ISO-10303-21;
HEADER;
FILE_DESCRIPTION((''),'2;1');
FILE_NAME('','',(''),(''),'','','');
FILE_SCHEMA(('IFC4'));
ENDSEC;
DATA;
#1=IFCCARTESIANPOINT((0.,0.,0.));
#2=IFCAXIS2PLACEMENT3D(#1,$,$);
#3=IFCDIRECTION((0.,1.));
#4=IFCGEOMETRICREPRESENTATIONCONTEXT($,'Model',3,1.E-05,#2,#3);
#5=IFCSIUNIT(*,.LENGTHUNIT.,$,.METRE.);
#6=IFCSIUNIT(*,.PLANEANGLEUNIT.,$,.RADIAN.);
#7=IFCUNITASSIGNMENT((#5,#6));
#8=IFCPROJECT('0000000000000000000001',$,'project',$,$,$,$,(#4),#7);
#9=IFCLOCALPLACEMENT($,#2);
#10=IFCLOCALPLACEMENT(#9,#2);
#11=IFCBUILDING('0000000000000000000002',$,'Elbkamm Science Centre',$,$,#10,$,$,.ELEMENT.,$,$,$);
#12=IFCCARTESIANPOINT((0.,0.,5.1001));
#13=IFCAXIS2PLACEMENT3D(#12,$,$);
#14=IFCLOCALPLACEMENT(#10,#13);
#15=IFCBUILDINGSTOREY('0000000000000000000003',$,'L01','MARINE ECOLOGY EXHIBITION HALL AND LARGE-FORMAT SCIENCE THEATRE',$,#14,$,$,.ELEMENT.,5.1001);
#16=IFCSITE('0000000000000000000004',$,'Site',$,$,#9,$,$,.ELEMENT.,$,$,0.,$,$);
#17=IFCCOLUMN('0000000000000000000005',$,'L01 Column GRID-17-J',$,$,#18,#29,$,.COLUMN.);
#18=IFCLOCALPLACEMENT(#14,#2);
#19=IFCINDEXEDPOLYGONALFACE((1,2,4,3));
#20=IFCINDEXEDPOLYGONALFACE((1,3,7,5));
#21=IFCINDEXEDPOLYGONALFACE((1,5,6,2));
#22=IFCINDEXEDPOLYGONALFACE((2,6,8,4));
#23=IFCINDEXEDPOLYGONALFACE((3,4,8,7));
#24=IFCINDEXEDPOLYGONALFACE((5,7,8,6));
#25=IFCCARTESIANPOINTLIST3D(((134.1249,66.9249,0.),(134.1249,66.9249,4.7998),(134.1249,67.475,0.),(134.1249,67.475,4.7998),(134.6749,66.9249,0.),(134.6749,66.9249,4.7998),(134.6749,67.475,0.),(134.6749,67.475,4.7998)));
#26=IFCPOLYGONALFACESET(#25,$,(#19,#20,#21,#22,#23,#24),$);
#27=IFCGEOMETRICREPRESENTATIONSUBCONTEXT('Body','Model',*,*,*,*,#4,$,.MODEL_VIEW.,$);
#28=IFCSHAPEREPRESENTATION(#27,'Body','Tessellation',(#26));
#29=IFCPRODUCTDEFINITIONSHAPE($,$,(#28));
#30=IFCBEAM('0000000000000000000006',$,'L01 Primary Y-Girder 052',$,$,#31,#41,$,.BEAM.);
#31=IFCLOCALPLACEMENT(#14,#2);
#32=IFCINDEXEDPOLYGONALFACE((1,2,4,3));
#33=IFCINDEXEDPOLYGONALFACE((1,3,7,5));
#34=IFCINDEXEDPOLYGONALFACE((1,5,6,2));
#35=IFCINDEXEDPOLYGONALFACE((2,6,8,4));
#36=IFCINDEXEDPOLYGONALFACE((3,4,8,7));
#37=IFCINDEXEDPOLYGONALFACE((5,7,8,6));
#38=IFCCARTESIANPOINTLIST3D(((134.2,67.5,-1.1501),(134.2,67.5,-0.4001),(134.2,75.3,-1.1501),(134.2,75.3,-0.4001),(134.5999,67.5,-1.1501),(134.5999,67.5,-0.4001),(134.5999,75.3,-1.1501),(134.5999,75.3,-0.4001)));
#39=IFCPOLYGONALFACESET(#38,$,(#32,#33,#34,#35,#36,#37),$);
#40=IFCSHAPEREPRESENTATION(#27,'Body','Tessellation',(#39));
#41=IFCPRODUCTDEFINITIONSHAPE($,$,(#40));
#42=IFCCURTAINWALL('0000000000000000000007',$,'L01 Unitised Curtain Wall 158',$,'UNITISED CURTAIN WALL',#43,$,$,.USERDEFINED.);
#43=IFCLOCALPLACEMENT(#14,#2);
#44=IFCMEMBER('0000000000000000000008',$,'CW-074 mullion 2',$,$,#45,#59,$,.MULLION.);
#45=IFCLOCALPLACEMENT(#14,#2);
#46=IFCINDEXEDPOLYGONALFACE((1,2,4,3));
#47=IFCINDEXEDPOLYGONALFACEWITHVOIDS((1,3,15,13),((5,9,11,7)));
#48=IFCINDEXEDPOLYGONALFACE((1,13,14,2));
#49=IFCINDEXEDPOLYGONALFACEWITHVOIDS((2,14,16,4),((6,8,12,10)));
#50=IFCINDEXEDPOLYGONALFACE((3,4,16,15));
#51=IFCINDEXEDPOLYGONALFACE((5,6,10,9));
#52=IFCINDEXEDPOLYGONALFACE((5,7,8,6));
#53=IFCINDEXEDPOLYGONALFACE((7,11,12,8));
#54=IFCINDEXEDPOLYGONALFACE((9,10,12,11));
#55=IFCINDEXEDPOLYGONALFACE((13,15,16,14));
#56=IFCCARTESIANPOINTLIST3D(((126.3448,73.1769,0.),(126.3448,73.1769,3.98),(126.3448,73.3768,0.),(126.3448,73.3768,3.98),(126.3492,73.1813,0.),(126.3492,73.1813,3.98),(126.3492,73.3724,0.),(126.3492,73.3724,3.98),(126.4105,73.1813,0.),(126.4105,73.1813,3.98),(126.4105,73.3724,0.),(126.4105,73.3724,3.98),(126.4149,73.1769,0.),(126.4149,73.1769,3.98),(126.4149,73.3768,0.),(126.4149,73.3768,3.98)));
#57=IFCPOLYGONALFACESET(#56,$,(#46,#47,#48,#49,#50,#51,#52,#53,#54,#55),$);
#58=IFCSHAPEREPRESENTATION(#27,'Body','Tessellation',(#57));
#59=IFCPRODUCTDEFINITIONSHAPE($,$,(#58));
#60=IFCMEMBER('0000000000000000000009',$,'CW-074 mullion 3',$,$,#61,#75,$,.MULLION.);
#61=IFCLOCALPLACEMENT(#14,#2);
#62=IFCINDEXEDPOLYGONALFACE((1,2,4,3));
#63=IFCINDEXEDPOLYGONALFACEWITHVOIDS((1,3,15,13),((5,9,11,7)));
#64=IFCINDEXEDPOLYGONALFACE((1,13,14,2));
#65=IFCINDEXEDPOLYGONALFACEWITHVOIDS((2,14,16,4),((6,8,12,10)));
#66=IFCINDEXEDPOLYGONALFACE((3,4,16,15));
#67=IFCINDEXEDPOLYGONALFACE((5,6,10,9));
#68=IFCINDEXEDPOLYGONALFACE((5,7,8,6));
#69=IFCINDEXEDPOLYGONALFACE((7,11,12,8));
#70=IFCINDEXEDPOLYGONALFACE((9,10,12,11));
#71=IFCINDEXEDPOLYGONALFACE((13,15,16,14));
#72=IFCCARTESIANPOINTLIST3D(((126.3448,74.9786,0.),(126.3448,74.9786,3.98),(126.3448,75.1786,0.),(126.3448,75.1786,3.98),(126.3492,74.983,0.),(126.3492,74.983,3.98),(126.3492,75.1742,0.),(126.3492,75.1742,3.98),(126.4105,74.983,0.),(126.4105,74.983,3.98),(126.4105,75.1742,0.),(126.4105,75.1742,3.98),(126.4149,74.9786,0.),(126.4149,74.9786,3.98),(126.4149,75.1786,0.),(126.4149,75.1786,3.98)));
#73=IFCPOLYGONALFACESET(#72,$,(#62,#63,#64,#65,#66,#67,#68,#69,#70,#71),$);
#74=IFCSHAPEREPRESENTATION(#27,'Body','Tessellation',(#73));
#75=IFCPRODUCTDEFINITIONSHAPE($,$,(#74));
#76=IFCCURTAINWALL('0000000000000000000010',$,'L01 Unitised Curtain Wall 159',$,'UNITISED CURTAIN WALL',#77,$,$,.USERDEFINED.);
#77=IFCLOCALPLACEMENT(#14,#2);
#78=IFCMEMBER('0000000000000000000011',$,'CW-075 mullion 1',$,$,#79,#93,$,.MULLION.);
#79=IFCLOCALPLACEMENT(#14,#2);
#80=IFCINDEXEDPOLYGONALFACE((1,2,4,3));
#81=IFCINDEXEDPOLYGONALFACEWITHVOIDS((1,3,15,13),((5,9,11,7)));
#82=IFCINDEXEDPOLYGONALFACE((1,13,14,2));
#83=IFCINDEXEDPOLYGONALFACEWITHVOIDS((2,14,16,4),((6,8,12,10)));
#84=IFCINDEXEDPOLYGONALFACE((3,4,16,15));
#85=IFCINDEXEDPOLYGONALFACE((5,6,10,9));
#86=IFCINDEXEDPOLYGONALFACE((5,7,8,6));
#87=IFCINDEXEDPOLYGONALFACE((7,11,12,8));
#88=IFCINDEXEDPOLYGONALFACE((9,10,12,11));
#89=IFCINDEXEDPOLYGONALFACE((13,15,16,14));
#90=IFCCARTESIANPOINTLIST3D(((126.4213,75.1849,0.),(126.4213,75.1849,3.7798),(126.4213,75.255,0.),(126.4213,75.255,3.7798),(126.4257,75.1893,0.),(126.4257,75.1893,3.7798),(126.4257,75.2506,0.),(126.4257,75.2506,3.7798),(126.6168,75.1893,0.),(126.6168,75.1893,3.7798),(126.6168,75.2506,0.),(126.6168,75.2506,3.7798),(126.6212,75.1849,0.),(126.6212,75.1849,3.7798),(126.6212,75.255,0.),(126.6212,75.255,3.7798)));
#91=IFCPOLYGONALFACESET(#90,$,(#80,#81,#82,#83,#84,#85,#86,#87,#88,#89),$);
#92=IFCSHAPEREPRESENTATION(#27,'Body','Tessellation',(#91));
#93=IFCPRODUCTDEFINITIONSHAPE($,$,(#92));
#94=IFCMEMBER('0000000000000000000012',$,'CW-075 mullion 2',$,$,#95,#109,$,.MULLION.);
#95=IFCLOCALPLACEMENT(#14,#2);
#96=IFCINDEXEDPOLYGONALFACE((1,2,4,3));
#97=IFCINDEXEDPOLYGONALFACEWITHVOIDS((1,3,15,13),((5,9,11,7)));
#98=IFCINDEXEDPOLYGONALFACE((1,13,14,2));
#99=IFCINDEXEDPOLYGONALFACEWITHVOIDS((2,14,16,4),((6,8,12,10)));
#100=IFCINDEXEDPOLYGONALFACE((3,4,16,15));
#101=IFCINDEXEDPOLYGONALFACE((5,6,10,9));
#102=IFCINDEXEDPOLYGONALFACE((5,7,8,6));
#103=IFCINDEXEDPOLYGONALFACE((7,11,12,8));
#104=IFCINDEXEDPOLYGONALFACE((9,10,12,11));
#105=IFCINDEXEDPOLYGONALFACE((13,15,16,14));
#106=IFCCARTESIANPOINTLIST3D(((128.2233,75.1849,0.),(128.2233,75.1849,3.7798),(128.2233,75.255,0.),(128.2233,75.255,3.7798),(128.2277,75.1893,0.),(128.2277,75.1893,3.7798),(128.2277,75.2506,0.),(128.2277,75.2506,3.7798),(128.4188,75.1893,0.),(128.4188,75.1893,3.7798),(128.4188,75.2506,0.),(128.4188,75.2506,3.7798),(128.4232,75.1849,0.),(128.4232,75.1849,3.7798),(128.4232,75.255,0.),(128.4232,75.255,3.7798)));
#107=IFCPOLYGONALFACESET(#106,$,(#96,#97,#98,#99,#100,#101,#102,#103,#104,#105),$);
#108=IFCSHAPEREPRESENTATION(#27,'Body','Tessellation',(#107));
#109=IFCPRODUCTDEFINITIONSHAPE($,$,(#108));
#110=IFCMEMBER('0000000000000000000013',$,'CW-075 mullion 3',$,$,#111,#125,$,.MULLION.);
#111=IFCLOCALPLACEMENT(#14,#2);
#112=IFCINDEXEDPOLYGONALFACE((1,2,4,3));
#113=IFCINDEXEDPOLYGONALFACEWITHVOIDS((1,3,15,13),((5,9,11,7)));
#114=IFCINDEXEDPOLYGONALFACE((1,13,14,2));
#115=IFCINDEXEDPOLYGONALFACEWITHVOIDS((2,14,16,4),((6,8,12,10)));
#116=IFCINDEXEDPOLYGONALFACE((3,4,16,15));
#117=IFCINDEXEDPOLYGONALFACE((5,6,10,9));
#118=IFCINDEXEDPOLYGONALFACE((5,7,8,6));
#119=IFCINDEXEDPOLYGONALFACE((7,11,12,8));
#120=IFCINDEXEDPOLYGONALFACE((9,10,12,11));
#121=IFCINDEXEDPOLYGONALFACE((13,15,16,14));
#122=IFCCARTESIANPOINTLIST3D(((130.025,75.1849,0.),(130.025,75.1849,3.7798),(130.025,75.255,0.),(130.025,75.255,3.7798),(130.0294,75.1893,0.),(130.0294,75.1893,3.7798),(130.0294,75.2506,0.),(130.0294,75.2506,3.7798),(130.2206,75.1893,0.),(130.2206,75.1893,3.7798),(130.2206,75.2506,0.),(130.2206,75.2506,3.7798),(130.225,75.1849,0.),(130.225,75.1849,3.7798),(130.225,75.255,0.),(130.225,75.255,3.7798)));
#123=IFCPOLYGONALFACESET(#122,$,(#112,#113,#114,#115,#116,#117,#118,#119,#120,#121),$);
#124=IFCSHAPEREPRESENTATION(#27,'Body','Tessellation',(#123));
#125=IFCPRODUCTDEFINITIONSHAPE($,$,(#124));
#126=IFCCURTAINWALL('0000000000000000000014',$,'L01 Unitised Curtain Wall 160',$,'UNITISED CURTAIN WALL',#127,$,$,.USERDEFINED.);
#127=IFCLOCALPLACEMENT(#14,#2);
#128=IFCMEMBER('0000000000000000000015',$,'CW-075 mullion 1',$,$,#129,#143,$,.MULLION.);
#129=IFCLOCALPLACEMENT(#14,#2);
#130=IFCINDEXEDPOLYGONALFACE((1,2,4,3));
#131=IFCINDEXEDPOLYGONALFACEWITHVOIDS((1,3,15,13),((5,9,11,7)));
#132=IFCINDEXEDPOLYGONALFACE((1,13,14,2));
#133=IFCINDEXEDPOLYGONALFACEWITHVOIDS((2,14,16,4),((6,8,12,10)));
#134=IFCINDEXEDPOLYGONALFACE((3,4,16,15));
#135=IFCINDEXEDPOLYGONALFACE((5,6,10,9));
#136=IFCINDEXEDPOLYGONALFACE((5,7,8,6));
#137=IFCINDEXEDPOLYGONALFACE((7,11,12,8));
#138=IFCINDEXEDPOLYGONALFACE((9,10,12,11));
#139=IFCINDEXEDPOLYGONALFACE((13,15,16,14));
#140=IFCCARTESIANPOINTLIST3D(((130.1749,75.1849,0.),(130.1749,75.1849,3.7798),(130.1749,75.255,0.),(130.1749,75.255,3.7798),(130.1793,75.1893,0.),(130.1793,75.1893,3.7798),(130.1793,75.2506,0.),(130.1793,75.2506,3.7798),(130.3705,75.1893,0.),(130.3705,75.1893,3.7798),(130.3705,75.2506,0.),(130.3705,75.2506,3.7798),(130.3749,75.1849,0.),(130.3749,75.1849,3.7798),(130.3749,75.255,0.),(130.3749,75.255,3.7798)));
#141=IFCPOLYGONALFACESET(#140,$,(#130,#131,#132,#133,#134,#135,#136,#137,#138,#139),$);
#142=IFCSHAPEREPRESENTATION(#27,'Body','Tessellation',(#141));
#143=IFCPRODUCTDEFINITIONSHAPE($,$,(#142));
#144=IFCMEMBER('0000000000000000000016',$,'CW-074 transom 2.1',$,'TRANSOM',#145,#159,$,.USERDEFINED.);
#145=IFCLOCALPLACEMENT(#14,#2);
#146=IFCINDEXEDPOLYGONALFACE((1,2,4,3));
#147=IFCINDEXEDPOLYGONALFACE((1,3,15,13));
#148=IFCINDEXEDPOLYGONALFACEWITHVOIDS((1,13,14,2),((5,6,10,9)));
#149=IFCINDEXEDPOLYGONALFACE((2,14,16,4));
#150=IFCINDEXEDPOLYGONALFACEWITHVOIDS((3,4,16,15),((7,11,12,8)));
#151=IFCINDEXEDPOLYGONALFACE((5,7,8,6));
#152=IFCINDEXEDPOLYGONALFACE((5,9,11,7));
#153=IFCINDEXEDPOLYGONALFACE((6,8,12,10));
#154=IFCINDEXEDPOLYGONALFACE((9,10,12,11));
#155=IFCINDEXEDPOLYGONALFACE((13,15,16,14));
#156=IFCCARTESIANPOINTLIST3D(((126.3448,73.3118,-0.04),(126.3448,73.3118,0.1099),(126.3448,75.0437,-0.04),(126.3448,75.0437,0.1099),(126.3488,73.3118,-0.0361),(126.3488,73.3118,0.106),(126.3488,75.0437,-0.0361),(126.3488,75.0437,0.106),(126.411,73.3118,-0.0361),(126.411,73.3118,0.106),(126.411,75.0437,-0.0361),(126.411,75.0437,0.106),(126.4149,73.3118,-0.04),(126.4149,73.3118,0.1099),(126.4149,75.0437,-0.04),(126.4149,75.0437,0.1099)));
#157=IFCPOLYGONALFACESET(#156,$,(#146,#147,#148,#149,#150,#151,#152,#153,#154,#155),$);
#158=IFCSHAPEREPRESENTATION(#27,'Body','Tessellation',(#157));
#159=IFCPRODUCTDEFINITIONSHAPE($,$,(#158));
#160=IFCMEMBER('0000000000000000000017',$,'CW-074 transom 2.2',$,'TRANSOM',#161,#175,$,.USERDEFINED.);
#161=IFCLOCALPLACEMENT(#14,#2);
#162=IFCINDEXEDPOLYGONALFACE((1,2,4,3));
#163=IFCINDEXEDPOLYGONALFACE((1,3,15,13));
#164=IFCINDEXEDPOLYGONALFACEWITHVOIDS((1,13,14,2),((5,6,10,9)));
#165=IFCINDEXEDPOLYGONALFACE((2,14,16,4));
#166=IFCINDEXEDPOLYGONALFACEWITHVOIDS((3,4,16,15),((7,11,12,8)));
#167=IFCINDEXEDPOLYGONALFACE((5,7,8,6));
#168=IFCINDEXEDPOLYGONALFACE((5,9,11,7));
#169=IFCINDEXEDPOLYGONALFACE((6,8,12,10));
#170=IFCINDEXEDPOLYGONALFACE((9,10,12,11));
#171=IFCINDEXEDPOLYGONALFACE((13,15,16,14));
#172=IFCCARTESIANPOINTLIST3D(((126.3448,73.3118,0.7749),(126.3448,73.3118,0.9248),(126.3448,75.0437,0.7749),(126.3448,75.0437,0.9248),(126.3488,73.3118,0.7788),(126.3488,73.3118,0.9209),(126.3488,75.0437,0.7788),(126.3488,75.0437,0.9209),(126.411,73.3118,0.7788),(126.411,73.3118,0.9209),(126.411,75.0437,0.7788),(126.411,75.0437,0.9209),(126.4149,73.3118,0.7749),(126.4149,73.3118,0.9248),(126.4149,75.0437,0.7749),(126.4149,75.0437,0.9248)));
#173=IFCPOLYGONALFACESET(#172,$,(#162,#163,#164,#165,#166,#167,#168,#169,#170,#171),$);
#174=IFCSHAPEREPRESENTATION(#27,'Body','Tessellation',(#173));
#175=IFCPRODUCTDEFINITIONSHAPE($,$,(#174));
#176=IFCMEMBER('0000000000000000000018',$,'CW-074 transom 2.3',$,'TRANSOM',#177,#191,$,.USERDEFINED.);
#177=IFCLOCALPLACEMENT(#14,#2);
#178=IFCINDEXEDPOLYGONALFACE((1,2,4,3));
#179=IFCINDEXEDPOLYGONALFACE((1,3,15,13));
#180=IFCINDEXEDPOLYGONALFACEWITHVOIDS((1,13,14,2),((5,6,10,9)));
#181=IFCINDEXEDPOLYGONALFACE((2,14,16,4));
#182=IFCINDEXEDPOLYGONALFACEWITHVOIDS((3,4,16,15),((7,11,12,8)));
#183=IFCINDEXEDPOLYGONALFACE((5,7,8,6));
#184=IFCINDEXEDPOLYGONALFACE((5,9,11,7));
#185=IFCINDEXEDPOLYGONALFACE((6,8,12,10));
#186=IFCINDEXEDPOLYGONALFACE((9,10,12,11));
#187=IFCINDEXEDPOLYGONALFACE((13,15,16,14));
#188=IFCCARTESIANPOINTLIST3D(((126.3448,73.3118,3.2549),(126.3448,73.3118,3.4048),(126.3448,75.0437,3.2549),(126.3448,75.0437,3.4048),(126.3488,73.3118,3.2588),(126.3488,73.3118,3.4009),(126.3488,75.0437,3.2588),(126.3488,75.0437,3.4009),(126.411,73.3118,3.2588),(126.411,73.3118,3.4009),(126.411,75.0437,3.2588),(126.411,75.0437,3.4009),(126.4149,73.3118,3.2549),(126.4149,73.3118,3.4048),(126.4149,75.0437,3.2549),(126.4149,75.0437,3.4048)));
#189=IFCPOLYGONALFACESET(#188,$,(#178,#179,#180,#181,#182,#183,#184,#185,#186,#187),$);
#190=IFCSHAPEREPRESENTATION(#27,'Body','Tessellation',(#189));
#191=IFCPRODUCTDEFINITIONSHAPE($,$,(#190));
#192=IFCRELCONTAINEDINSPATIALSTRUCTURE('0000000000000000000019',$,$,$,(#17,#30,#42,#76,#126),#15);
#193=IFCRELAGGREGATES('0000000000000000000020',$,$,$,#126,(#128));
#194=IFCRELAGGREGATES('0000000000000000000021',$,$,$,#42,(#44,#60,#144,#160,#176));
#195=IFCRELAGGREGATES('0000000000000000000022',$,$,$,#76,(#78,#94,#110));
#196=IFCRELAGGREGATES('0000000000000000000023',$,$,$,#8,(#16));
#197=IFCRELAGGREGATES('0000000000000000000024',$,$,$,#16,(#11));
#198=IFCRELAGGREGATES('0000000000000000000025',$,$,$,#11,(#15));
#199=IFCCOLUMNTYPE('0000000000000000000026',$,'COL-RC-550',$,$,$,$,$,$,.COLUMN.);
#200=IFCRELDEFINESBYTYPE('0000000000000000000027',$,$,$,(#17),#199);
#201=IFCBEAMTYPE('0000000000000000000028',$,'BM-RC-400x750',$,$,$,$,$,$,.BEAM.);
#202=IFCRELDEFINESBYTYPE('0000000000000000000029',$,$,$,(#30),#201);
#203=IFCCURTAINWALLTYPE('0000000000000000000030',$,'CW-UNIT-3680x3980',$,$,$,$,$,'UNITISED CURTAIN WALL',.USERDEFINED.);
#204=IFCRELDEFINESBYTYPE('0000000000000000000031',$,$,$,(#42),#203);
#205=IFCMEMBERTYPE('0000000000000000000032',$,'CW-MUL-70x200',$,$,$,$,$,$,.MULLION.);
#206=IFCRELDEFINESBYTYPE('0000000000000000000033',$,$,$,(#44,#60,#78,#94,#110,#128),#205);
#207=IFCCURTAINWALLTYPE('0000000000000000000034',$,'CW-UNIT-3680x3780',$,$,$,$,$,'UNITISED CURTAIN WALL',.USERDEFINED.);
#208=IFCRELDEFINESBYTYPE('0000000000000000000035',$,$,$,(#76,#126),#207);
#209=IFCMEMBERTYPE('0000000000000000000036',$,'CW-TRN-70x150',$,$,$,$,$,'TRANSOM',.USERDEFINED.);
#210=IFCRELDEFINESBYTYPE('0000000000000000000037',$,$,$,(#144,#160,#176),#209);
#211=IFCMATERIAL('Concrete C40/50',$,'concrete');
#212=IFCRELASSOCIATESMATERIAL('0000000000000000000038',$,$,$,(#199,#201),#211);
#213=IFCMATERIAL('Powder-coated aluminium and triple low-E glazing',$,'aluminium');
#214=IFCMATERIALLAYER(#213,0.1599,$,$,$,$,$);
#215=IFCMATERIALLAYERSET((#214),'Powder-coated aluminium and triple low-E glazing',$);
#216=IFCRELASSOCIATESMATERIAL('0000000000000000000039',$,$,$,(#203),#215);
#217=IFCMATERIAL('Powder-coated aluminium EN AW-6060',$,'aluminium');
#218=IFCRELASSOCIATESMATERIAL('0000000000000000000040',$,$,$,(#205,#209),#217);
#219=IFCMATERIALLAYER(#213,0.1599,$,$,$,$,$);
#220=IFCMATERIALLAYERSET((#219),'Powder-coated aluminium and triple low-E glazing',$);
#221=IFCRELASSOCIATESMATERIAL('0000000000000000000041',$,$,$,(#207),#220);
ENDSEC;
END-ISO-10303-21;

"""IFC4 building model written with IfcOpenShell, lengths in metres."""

from ifc_helpers import new_model, si_unit, direction, frame, origin, origin_2d, place, context, subcontext, project, spatial, rectangle, hollow_rectangle, extrude, material, layer, layer_set, material_profile, profile_set, type_object, element, aggregate, save


model = new_model("IFC4")

# Units and contexts
model_context = context("Model", 3, precision=1e-05, world=origin(), true_north=direction((0.0, 1.0)))
body_context = subcontext(model_context, "Body", "Model", "MODEL_VIEW")
ifc_project = project(units=[si_unit("LENGTHUNIT", "METRE"), si_unit("PLANEANGLEUNIT", "RADIAN")], contexts=[model_context])

# Site, building, storey
site_placement = place(None, origin())
site = spatial("IfcSite", under=ifc_project, at=site_placement, Name="Site", CompositionType="ELEMENT", RefElevation=0.0)
building_placement = place(site_placement, origin())
building = spatial("IfcBuilding", under=site, at=building_placement, Name="Elbkamm Science Centre", CompositionType="ELEMENT")
storey_placement = place(building_placement, frame((0.0, 0.0, 5.1001)))
storey = spatial("IfcBuildingStorey", under=building, at=storey_placement, Name="L01", Description="MARINE ECOLOGY EXHIBITION HALL AND LARGE-FORMAT SCIENCE THEATRE", CompositionType="ELEMENT", Elevation=5.1001)

# Column
ifc_material_1 = material(Name="Concrete C40/50", Category="concrete")
ifc_material_profile_1 = material_profile(ifc_material_1, rectangle(XDim=0.55, YDim=0.55, at=origin_2d()), Name="RC 550x550")
ifc_profile_set_1 = profile_set([ifc_material_profile_1], Name="Concrete C40/50")
column_type = type_object("IfcColumnType", Name="COL-RC-550", PredefinedType="COLUMN", material=ifc_profile_set_1)
column_placement = place(storey_placement, frame((134.3999, 67.2, 0.0), z_axis=(0.0, 0.0, 1.0), x_axis=(1.0, 0.0, 0.0)))
element("IfcColumn", 1, at=column_placement, inside=storey, type_object=column_type, Name="L01 Column GRID-17-J", PredefinedType="COLUMN", context=body_context, shape_type="SweptSolid", body=[
    extrude(rectangle(XDim=0.55, YDim=0.55, at=origin_2d()), origin(), (0.0, 0.0, 1.0), 4.7998),
])

# Beam
ifc_material_profile_2 = material_profile(ifc_material_1, rectangle(XDim=0.3999, YDim=0.75, at=origin_2d()), Name="RC 400x750")
ifc_profile_set_2 = profile_set([ifc_material_profile_2], Name="Concrete C40/50")
beam_type_1 = type_object("IfcBeamType", Name="BM-RC-400x750", PredefinedType="BEAM", material=ifc_profile_set_2)
beam_placement = place(storey_placement, frame((134.3999, 67.5, -0.7751), z_axis=(0.0, 1.0, 0.0), x_axis=(-1.0, 0.0, 0.0)))
element("IfcBeam", 2, at=beam_placement, inside=storey, type_object=beam_type_1, Name="L01 Primary Y-Girder 052", PredefinedType="BEAM", context=body_context, shape_type="SweptSolid", body=[
    extrude(rectangle(XDim=0.3999, YDim=0.75, at=origin_2d()), origin(), (0.0, 0.0, 1.0), 7.8),
])

# Curtain walls, members
ifc_material_2 = material(Name="Powder-coated aluminium and triple low-E glazing", Category="aluminium")
ifc_layer_1 = layer(ifc_material_2, 0.1599)
ifc_layer_set_1 = layer_set([ifc_layer_1], Name="Powder-coated aluminium and triple low-E glazing")
curtain_wall_type_1 = type_object("IfcCurtainWallType", Name="CW-UNIT-3680x3980", ElementType="UNITISED CURTAIN WALL", PredefinedType="USERDEFINED", material=ifc_layer_set_1)
curtain_wall_1_placement = place(storey_placement, origin())
curtain_wall_1 = element("IfcCurtainWall", 3, at=curtain_wall_1_placement, inside=storey, type_object=curtain_wall_type_1, Name="L01 Unitised Curtain Wall 158", ObjectType="UNITISED CURTAIN WALL", PredefinedType="USERDEFINED")
ifc_material_3 = material(Name="Powder-coated aluminium EN AW-6060", Category="aluminium")
ifc_material_profile_3 = material_profile(ifc_material_3, hollow_rectangle(XDim=0.0701, YDim=0.2, WallThickness=0.0044, at=origin_2d()), Name="ALU M70x200")
ifc_profile_set_3 = profile_set([ifc_material_profile_3], Name="Powder-coated aluminium EN AW-6060")
member_type_1 = type_object("IfcMemberType", Name="CW-MUL-70x200", PredefinedType="MULLION", material=ifc_profile_set_3)
member_1_placement = place(storey_placement, frame((126.3799, 73.2769, 0.0), z_axis=(0.0, 0.0, 1.0), x_axis=(-1.0, 0.0, 0.0)))
member_1 = element("IfcMember", 4, at=member_1_placement, type_object=member_type_1, Name="CW-074 mullion 2", PredefinedType="MULLION", context=body_context, shape_type="SweptSolid", body=[
    extrude(hollow_rectangle(XDim=0.0701, YDim=0.2, WallThickness=0.0044, at=origin_2d()), origin(), (0.0, 0.0, 1.0), 3.98),
])
member_2_placement = place(storey_placement, frame((126.3799, 75.0786, 0.0), z_axis=(0.0, 0.0, 1.0), x_axis=(-1.0, 0.0, 0.0)))
member_2 = element("IfcMember", 5, at=member_2_placement, type_object=member_type_1, Name="CW-074 mullion 3", PredefinedType="MULLION", context=body_context, shape_type="SweptSolid", body=[
    extrude(hollow_rectangle(XDim=0.0701, YDim=0.2, WallThickness=0.0044, at=origin_2d()), origin(), (0.0, 0.0, 1.0), 3.98),
])
ifc_layer_2 = layer(ifc_material_2, 0.1599)
ifc_layer_set_2 = layer_set([ifc_layer_2], Name="Powder-coated aluminium and triple low-E glazing")
curtain_wall_type_2 = type_object("IfcCurtainWallType", Name="CW-UNIT-3680x3780", ElementType="UNITISED CURTAIN WALL", PredefinedType="USERDEFINED", material=ifc_layer_set_2)
curtain_wall_2_placement = place(storey_placement, origin())
curtain_wall_2 = element("IfcCurtainWall", 6, at=curtain_wall_2_placement, inside=storey, type_object=curtain_wall_type_2, Name="L01 Unitised Curtain Wall 159", ObjectType="UNITISED CURTAIN WALL", PredefinedType="USERDEFINED")
member_3_placement = place(storey_placement, frame((126.5212, 75.22, 0.0), z_axis=(0.0, 0.0, 1.0), x_axis=(0.0, 1.0, 0.0)))
member_3 = element("IfcMember", 7, at=member_3_placement, type_object=member_type_1, Name="CW-075 mullion 1", PredefinedType="MULLION", context=body_context, shape_type="SweptSolid", body=[
    extrude(hollow_rectangle(XDim=0.0701, YDim=0.2, WallThickness=0.0044, at=origin_2d()), origin(), (0.0, 0.0, 1.0), 3.7798),
])
member_4_placement = place(storey_placement, frame((128.3232, 75.22, 0.0), z_axis=(0.0, 0.0, 1.0), x_axis=(0.0, 1.0, 0.0)))
member_4 = element("IfcMember", 8, at=member_4_placement, type_object=member_type_1, Name="CW-075 mullion 2", PredefinedType="MULLION", context=body_context, shape_type="SweptSolid", body=[
    extrude(hollow_rectangle(XDim=0.0701, YDim=0.2, WallThickness=0.0044, at=origin_2d()), origin(), (0.0, 0.0, 1.0), 3.7798),
])
member_5_placement = place(storey_placement, frame((130.125, 75.22, 0.0), z_axis=(0.0, 0.0, 1.0), x_axis=(0.0, 1.0, 0.0)))
member_5 = element("IfcMember", 9, at=member_5_placement, type_object=member_type_1, Name="CW-075 mullion 3", PredefinedType="MULLION", context=body_context, shape_type="SweptSolid", body=[
    extrude(hollow_rectangle(XDim=0.0701, YDim=0.2, WallThickness=0.0044, at=origin_2d()), origin(), (0.0, 0.0, 1.0), 3.7798),
])

# Curtain wall, member
curtain_wall_3_placement = place(storey_placement, origin())
curtain_wall_3 = element("IfcCurtainWall", 10, at=curtain_wall_3_placement, inside=storey, type_object=curtain_wall_type_2, Name="L01 Unitised Curtain Wall 160", ObjectType="UNITISED CURTAIN WALL", PredefinedType="USERDEFINED")
member_6_placement = place(storey_placement, frame((130.2749, 75.22, 0.0), z_axis=(0.0, 0.0, 1.0), x_axis=(0.0, 1.0, 0.0)))
member_6 = element("IfcMember", 11, at=member_6_placement, type_object=member_type_1, Name="CW-075 mullion 1", PredefinedType="MULLION", context=body_context, shape_type="SweptSolid", body=[
    extrude(hollow_rectangle(XDim=0.0701, YDim=0.2, WallThickness=0.0044, at=origin_2d()), origin(), (0.0, 0.0, 1.0), 3.7798),
])
aggregate(curtain_wall_3, [member_6])

# Members
ifc_material_profile_4 = material_profile(ifc_material_3, hollow_rectangle(XDim=0.0701, YDim=0.1499, WallThickness=0.0039, at=origin_2d()), Name="ALU T70x150")
ifc_profile_set_4 = profile_set([ifc_material_profile_4], Name="Powder-coated aluminium EN AW-6060")
member_type_2 = type_object("IfcMemberType", Name="CW-TRN-70x150", ElementType="TRANSOM", PredefinedType="USERDEFINED", material=ifc_profile_set_4)
member_7_placement = place(storey_placement, frame((126.3799, 73.3118, 0.0349), z_axis=(0.0, 1.0, 0.0), x_axis=(-1.0, 0.0, 0.0)))
member_7 = element("IfcMember", 12, at=member_7_placement, type_object=member_type_2, Name="CW-074 transom 2.1", ObjectType="TRANSOM", PredefinedType="USERDEFINED", context=body_context, shape_type="SweptSolid", body=[
    extrude(hollow_rectangle(XDim=0.0701, YDim=0.1499, WallThickness=0.0039, at=origin_2d()), origin(), (0.0, 0.0, 1.0), 1.7319),
])
member_8_placement = place(storey_placement, frame((126.3799, 73.3118, 0.8499), z_axis=(0.0, 1.0, 0.0), x_axis=(-1.0, 0.0, 0.0)))
member_8 = element("IfcMember", 13, at=member_8_placement, type_object=member_type_2, Name="CW-074 transom 2.2", ObjectType="TRANSOM", PredefinedType="USERDEFINED", context=body_context, shape_type="SweptSolid", body=[
    extrude(hollow_rectangle(XDim=0.0701, YDim=0.1499, WallThickness=0.0039, at=origin_2d()), origin(), (0.0, 0.0, 1.0), 1.7319),
])
member_9_placement = place(storey_placement, frame((126.3799, 73.3118, 3.3298), z_axis=(0.0, 1.0, 0.0), x_axis=(-1.0, 0.0, 0.0)))
member_9 = element("IfcMember", 14, at=member_9_placement, type_object=member_type_2, Name="CW-074 transom 2.3", ObjectType="TRANSOM", PredefinedType="USERDEFINED", context=body_context, shape_type="SweptSolid", body=[
    extrude(hollow_rectangle(XDim=0.0701, YDim=0.1499, WallThickness=0.0039, at=origin_2d()), origin(), (0.0, 0.0, 1.0), 1.7319),
])

aggregate(curtain_wall_1, [member_1, member_2, member_7, member_8, member_9])
aggregate(curtain_wall_2, [member_3, member_4, member_5])

save(model, "model.ifc")
